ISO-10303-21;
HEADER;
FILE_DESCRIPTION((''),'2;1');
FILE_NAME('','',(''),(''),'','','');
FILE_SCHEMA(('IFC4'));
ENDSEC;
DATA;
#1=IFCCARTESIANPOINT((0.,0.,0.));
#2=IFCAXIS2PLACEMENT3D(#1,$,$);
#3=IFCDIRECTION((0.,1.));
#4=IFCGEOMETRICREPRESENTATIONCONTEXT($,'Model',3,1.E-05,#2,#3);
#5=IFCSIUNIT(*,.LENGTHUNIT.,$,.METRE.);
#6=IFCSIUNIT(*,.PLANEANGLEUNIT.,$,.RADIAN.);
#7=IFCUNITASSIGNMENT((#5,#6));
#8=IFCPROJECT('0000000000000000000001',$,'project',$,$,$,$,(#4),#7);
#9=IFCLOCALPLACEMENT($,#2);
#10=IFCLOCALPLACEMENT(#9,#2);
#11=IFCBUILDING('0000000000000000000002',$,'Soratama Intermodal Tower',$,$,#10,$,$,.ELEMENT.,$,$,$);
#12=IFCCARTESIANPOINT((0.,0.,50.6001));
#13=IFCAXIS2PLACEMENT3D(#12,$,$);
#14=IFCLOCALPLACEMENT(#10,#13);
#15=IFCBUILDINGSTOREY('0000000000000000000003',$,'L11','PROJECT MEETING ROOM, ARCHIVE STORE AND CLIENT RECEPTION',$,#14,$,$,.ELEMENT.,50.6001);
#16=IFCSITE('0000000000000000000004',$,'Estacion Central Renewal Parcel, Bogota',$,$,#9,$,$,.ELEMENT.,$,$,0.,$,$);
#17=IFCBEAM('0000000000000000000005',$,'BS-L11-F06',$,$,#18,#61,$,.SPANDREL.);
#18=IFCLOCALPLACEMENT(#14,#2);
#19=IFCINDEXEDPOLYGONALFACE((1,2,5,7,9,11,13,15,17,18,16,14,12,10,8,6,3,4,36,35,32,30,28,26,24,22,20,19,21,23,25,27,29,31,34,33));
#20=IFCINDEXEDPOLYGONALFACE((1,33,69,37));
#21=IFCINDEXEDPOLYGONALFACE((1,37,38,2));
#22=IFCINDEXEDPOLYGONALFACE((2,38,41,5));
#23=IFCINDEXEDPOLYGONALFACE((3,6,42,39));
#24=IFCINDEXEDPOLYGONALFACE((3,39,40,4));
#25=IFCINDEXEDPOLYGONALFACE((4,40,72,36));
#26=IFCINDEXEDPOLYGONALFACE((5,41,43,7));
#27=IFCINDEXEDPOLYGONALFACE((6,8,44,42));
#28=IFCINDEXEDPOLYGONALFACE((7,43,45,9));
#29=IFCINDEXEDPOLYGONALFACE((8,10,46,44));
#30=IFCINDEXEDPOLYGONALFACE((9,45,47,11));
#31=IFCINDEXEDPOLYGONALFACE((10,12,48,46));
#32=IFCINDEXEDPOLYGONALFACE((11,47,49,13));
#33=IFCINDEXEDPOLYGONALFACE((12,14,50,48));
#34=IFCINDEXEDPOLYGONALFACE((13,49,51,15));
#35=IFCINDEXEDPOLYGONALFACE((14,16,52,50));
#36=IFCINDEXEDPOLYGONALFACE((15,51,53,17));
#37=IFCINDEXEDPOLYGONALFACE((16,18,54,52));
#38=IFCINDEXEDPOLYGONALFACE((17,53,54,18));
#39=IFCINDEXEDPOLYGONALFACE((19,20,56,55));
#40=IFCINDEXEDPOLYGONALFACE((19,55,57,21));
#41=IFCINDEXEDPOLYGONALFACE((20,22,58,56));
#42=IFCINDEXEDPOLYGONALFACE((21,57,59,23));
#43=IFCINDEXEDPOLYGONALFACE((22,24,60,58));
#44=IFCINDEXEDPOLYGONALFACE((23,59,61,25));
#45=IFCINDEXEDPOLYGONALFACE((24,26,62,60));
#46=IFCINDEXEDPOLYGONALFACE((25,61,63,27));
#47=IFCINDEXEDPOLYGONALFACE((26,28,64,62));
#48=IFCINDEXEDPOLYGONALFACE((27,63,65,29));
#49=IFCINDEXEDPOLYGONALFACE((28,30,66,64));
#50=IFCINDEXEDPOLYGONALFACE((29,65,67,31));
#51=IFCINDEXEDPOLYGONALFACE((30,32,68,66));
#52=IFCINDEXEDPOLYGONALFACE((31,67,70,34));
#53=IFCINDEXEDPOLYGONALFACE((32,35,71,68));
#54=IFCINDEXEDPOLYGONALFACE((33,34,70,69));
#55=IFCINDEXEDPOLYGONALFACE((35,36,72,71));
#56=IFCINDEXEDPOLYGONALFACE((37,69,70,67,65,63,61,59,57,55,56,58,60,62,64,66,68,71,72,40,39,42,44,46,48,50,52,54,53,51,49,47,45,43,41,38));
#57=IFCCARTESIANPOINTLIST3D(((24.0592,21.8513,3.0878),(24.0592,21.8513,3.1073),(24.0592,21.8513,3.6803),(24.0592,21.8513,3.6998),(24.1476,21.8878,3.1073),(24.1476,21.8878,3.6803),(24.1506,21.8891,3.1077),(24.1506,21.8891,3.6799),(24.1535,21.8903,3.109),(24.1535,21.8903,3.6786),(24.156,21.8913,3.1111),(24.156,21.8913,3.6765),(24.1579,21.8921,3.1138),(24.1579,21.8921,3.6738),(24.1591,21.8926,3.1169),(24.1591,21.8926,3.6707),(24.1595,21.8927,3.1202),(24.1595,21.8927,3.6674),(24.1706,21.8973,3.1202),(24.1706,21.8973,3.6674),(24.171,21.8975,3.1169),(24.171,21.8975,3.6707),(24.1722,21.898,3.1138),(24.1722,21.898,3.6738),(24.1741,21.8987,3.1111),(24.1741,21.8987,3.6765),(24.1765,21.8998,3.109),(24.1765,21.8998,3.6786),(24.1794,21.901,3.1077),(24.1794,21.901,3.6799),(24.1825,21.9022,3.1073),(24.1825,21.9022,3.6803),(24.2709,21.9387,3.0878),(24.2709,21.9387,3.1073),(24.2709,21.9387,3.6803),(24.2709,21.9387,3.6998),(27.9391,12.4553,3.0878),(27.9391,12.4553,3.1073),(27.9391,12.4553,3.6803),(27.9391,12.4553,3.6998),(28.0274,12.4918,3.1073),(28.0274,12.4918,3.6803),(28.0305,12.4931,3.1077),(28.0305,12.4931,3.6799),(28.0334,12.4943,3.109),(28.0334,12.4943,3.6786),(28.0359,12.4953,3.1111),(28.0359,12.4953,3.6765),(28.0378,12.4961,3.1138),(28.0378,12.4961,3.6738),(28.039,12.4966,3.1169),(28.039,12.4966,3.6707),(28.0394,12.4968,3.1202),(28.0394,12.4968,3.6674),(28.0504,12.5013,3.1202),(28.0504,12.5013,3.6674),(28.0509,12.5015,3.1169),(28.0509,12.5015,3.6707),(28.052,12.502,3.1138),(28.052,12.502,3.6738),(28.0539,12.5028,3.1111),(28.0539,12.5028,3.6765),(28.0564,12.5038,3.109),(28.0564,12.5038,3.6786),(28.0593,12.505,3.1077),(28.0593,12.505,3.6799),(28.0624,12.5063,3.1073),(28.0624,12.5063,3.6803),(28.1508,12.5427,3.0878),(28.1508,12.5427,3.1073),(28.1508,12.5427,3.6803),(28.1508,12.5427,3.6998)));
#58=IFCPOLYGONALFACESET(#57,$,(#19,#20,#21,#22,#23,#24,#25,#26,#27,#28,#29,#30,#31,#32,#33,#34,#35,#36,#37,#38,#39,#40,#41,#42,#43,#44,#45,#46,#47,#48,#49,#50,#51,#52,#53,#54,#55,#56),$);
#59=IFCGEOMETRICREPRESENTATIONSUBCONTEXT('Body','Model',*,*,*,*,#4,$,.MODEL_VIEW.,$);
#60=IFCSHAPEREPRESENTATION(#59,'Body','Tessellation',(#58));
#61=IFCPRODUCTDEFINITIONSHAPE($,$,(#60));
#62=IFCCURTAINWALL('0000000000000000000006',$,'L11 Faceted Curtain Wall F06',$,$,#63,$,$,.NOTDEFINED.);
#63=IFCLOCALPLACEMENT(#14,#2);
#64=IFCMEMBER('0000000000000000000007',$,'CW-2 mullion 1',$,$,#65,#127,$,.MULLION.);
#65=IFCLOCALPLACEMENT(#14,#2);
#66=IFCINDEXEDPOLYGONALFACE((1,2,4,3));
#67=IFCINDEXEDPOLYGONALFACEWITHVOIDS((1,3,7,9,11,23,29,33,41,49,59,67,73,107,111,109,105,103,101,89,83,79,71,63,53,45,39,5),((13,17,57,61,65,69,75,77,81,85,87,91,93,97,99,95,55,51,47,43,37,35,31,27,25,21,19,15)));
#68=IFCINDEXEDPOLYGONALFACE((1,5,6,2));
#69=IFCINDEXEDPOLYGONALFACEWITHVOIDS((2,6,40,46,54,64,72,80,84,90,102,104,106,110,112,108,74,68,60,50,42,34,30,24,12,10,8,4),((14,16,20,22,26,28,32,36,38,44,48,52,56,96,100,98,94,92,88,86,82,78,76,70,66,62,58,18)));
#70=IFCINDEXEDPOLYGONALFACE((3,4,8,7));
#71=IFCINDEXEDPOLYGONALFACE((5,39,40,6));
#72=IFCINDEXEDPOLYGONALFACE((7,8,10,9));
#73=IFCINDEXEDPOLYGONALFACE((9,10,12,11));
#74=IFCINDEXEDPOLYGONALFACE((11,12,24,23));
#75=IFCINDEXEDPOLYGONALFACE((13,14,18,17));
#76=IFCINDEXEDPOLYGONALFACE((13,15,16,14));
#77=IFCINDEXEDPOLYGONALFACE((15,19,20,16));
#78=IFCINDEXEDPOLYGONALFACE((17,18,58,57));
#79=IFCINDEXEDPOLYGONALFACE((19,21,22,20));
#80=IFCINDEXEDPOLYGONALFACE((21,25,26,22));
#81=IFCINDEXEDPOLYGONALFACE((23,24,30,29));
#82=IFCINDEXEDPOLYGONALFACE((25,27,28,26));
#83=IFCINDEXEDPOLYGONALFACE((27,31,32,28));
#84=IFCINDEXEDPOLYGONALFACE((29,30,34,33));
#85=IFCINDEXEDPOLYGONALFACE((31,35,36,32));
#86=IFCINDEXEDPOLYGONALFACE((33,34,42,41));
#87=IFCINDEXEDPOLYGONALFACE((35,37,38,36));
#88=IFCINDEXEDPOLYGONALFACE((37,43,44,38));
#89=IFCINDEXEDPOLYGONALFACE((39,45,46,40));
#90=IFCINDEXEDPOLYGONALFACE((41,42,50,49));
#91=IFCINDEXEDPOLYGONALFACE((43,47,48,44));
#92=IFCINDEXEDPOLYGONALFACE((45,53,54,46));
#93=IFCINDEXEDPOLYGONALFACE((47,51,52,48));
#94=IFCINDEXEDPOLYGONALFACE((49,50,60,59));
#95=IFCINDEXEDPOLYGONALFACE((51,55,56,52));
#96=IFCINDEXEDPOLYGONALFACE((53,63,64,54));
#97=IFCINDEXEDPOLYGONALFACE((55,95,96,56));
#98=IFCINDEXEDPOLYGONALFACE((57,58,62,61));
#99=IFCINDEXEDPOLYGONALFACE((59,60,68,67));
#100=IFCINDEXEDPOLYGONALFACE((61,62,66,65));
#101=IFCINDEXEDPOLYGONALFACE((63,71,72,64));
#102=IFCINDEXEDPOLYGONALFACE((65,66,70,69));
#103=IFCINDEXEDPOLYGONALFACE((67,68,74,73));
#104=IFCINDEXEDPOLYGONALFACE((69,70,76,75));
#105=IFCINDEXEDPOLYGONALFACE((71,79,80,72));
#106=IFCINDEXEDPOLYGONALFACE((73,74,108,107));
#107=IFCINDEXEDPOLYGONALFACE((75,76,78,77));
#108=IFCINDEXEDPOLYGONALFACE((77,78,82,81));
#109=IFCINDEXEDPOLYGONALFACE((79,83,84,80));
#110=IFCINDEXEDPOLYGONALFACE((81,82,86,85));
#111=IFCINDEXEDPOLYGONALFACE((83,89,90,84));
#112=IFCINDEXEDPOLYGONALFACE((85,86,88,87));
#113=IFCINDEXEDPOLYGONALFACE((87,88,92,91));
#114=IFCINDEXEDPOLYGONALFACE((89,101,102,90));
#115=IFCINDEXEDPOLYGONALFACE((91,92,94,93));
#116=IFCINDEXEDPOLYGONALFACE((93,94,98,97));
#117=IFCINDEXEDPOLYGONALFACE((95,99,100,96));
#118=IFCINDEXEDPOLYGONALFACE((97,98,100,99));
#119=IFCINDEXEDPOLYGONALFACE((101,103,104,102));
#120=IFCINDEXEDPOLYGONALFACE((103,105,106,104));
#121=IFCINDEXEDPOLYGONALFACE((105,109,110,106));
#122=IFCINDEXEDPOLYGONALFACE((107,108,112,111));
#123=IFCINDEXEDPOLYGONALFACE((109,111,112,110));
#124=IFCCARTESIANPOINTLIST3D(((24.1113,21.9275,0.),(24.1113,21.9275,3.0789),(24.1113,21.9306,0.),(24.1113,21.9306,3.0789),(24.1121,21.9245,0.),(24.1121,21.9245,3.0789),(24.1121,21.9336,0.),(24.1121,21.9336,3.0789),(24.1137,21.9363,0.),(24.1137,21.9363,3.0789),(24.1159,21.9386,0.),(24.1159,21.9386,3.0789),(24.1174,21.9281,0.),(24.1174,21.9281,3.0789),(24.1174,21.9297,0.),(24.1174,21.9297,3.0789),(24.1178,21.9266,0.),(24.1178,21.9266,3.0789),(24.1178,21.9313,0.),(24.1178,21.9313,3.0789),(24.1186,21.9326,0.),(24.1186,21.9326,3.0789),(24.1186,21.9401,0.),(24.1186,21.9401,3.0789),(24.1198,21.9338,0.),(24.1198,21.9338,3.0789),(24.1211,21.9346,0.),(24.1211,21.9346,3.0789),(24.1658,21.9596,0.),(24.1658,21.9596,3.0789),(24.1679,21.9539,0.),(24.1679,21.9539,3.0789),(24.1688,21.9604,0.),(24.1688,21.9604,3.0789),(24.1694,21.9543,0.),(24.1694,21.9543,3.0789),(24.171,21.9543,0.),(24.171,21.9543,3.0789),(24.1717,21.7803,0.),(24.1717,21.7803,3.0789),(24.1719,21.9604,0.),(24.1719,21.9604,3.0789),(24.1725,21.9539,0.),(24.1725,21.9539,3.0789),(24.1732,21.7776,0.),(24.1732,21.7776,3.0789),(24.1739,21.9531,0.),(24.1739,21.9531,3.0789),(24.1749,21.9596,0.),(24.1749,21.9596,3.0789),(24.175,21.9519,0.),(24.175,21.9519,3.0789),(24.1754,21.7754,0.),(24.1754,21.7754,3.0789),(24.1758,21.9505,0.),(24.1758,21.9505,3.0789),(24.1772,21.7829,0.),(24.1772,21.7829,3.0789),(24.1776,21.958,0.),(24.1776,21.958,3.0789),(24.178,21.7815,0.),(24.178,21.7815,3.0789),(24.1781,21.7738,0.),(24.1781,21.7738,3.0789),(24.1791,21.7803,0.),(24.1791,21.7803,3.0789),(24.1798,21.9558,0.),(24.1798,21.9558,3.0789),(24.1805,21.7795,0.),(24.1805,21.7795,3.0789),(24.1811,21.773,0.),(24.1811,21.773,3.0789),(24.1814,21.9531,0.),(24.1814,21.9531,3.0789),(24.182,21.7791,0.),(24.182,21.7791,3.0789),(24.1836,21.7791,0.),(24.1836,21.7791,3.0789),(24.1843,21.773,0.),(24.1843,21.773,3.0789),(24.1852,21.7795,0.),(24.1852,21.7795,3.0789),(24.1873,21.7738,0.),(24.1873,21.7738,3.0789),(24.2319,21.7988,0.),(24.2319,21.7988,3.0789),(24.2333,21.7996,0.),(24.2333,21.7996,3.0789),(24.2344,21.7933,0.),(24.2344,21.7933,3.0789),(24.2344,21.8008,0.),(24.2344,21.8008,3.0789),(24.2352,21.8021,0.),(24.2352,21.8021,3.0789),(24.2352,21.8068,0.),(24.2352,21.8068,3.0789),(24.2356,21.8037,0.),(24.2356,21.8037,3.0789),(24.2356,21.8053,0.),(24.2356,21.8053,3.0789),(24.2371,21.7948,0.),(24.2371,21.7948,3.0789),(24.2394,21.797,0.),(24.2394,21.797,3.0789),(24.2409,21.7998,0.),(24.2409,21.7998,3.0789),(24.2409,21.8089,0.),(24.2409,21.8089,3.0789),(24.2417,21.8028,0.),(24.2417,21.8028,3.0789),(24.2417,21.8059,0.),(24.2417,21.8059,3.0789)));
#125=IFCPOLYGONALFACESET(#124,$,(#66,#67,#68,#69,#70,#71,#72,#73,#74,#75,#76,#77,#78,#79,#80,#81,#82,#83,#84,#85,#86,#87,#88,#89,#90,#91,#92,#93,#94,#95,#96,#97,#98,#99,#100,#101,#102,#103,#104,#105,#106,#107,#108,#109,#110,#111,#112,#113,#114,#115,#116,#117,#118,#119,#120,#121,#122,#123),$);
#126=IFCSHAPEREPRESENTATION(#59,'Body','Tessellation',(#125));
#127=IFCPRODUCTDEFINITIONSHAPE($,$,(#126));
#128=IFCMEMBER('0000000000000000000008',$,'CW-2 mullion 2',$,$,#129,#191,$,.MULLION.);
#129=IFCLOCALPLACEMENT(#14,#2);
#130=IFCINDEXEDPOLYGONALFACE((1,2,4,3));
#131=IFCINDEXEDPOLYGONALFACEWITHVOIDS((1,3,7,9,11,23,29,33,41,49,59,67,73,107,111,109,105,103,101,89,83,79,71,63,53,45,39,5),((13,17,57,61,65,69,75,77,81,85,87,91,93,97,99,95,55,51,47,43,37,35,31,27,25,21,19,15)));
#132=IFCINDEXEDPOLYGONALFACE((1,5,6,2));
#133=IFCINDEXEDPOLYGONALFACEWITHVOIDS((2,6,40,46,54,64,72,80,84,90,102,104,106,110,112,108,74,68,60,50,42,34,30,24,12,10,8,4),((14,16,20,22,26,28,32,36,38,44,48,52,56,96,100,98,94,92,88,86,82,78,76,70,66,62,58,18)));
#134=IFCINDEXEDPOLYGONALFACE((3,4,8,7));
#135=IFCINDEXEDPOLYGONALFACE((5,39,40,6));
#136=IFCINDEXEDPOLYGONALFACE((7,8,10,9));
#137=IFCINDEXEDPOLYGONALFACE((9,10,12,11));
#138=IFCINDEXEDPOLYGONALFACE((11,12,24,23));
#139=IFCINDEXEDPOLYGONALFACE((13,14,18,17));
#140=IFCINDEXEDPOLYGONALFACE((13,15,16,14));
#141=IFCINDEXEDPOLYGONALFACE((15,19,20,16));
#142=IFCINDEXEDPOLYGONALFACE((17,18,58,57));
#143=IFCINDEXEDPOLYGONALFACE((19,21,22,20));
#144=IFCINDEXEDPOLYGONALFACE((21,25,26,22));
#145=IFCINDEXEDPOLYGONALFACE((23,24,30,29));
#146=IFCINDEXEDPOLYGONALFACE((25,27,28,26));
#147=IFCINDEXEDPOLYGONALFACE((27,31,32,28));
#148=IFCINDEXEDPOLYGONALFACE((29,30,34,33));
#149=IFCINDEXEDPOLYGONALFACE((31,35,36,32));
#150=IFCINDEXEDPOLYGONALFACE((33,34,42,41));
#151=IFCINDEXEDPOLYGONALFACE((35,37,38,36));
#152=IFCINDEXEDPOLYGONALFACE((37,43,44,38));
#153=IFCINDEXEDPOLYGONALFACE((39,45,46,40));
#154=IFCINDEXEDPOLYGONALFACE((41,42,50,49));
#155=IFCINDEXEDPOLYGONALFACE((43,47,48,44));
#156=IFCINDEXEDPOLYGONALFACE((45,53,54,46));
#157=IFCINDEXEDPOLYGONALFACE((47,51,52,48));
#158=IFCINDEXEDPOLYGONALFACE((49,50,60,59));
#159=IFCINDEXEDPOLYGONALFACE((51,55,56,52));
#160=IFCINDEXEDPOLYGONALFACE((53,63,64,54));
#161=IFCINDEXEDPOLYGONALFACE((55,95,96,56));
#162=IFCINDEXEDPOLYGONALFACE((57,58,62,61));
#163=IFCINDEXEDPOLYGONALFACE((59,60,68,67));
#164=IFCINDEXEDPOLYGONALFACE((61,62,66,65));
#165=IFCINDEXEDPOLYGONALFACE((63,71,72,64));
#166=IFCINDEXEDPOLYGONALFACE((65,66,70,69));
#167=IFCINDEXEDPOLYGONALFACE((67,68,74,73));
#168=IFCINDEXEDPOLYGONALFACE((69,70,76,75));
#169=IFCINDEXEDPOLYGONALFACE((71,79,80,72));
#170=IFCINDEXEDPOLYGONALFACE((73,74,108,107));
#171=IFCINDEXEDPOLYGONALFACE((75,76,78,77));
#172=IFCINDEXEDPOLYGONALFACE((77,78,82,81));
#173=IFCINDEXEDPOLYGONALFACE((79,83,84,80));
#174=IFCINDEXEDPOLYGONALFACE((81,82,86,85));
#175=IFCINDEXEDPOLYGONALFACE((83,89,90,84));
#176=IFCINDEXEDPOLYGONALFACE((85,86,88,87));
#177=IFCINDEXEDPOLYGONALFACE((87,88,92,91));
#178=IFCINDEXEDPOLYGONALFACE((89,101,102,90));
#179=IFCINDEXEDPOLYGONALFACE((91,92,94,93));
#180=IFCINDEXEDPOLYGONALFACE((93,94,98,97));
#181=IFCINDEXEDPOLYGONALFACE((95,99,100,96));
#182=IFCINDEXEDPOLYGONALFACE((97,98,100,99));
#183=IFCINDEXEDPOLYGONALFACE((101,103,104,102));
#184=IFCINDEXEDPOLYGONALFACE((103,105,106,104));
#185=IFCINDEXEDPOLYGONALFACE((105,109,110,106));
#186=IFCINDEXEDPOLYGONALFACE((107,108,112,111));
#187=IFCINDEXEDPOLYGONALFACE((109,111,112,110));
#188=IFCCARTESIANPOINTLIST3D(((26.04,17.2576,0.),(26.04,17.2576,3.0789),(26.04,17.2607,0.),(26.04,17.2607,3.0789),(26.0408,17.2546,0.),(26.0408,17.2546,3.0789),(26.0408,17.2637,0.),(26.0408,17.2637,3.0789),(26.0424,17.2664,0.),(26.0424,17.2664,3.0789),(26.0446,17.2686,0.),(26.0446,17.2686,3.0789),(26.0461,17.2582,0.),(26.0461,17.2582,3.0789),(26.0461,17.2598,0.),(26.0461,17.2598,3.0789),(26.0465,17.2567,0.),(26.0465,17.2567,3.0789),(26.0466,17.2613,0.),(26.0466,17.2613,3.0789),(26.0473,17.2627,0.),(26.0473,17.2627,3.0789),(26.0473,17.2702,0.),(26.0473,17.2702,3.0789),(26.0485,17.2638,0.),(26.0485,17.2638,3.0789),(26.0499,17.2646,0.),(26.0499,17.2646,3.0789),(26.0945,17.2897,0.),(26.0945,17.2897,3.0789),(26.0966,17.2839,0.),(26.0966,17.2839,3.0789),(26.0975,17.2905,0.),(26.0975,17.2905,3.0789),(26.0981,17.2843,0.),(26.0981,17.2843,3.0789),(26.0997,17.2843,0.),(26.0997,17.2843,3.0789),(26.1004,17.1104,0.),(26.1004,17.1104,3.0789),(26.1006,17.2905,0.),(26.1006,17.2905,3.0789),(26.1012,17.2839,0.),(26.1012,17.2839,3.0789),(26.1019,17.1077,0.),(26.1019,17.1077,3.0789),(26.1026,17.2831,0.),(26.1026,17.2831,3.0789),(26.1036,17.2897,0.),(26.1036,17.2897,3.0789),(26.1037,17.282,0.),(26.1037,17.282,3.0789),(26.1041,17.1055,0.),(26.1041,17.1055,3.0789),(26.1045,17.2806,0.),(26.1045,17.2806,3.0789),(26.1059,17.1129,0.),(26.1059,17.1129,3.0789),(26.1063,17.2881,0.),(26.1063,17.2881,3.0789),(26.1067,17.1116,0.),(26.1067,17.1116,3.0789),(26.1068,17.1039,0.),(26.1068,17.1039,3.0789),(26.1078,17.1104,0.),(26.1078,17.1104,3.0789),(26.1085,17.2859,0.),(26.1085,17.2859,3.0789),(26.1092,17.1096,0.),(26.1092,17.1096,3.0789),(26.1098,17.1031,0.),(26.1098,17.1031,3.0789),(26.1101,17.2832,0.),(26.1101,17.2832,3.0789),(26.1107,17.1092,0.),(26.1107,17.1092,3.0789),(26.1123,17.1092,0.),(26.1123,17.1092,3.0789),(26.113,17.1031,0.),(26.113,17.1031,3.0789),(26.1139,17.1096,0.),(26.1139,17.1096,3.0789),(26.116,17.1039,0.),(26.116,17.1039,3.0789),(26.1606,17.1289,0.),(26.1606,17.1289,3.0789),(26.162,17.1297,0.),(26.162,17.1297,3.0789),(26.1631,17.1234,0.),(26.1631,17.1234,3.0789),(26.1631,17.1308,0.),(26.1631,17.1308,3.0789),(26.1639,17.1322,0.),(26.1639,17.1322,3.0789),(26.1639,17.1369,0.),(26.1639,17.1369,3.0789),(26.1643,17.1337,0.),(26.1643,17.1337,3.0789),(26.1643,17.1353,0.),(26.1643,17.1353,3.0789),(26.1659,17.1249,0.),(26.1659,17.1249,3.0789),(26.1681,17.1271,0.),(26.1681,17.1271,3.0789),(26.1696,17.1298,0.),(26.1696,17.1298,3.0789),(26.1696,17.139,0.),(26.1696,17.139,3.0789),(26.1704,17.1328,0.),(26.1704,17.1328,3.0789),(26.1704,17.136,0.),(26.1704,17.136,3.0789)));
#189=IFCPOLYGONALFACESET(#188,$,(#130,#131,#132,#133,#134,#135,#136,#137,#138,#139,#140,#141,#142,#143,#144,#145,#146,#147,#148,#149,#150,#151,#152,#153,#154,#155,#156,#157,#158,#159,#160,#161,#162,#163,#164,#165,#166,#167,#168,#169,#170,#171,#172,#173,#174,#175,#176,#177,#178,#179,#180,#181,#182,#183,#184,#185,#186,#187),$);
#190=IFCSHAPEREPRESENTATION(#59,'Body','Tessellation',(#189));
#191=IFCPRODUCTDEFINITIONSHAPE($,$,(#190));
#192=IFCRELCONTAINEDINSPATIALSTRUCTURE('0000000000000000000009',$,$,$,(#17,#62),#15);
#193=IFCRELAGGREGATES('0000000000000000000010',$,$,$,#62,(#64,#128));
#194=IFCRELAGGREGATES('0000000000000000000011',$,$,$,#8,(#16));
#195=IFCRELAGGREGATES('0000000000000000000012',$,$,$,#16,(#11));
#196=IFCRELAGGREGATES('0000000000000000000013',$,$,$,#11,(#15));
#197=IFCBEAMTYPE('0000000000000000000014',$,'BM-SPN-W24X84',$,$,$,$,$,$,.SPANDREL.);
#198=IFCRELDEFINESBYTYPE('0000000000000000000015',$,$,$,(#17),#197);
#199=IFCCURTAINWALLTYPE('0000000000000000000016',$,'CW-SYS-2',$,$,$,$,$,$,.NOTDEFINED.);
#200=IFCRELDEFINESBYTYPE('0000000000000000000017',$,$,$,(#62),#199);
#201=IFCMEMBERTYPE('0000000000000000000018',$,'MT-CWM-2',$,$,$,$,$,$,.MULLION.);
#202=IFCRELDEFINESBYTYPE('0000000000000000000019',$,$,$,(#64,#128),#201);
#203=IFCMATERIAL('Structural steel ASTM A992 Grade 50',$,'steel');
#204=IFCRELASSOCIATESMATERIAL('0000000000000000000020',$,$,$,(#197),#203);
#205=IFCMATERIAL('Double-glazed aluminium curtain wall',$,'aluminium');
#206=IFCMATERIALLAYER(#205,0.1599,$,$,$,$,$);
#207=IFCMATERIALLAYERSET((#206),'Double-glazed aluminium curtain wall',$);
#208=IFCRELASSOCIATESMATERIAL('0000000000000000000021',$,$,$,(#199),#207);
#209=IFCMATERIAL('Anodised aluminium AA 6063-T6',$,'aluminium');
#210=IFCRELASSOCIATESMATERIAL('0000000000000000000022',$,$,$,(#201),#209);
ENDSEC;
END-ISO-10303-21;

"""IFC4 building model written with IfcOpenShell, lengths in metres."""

from ifc_helpers import new_model, si_unit, direction, frame, origin, origin_2d, place, context, subcontext, project, spatial, hollow_rectangle, i_section, extrude, material, layer, layer_set, material_profile, profile_set, type_object, element, aggregate, save


model = new_model("IFC4")

# Units and contexts
model_context = context("Model", 3, precision=1e-05, world=origin(), true_north=direction((0.0, 1.0)))
body_context = subcontext(model_context, "Body", "Model", "MODEL_VIEW")
ifc_project = project(units=[si_unit("LENGTHUNIT", "METRE"), si_unit("PLANEANGLEUNIT", "RADIAN")], contexts=[model_context])

# Site, building, storey
site_placement = place(None, origin())
site = spatial("IfcSite", under=ifc_project, at=site_placement, Name="Estacion Central Renewal Parcel, Bogota", CompositionType="ELEMENT", RefElevation=0.0)
building_placement = place(site_placement, origin())
building = spatial("IfcBuilding", under=site, at=building_placement, Name="Soratama Intermodal Tower", CompositionType="ELEMENT")
storey_placement = place(building_placement, frame((0.0, 0.0, 50.6001)))
storey = spatial("IfcBuildingStorey", under=building, at=storey_placement, Name="L11", Description="PROJECT MEETING ROOM, ARCHIVE STORE AND CLIENT RECEPTION", CompositionType="ELEMENT", Elevation=50.6001)

# Beam
ifc_material_1 = material(Name="Structural steel ASTM A992 Grade 50", Category="steel")
ifc_material_profile_1 = material_profile(ifc_material_1, i_section(OverallWidth=0.229, OverallDepth=0.6121, WebThickness=0.012, FlangeThickness=0.0195, FilletRadius=0.0129, at=origin_2d()), Name="W24X84")
ifc_profile_set_1 = profile_set([ifc_material_profile_1], Name="Structural steel ASTM A992 Grade 50")
beam_type = type_object("IfcBeamType", Name="BM-SPN-W24X84", PredefinedType="SPANDREL", material=ifc_profile_set_1)
beam_placement = place(storey_placement, frame((24.165, 21.895, 3.3938), z_axis=(0.38167, -0.924299, 0.0), x_axis=(0.924299, 0.38167, 0.0)))
element("IfcBeam", 1, at=beam_placement, inside=storey, type_object=beam_type, Name="BS-L11-F06", PredefinedType="SPANDREL", context=body_context, shape_type="SweptSolid", body=[
    extrude(i_section(OverallWidth=0.229, OverallDepth=0.6121, WebThickness=0.012, FlangeThickness=0.0195, FilletRadius=0.0129, at=origin_2d()), origin(), (0.0, 0.0, 1.0), 10.1655),
])

# Curtain wall, members
ifc_material_2 = material(Name="Double-glazed aluminium curtain wall", Category="aluminium")
ifc_layer_1 = layer(ifc_material_2, 0.1599)
ifc_layer_set_1 = layer_set([ifc_layer_1], Name="Double-glazed aluminium curtain wall")
curtain_wall_type = type_object("IfcCurtainWallType", Name="CW-SYS-2", PredefinedType="NOTDEFINED", material=ifc_layer_set_1)
curtain_wall_placement = place(storey_placement, origin())
curtain_wall = element("IfcCurtainWall", 2, at=curtain_wall_placement, inside=storey, type_object=curtain_wall_type, Name="L11 Faceted Curtain Wall F06", PredefinedType="NOTDEFINED")
ifc_material_3 = material(Name="Anodised aluminium AA 6063-T6", Category="aluminium")
ifc_material_profile_2 = material_profile(ifc_material_3, hollow_rectangle(XDim=0.075, YDim=0.1799, WallThickness=0.0061, InnerFilletRadius=0.0061, OuterFilletRadius=0.012, at=origin_2d()), Name="CWM180X75X6")
ifc_profile_set_2 = profile_set([ifc_material_profile_2], Name="Anodised aluminium AA 6063-T6")
member_type_1 = type_object("IfcMemberType", Name="MT-CWM-2", PredefinedType="MULLION", material=ifc_profile_set_2)
member_1_placement = place(storey_placement, frame((24.1765, 21.8667, 0.0), z_axis=(0.0, 0.0, 1.0), x_axis=(0.924277, 0.381722, 0.0)))
member_1 = element("IfcMember", 3, at=member_1_placement, type_object=member_type_1, Name="CW-2 mullion 1", PredefinedType="MULLION", context=body_context, shape_type="SweptSolid", body=[
    extrude(hollow_rectangle(XDim=0.075, YDim=0.1799, WallThickness=0.0061, InnerFilletRadius=0.0061, OuterFilletRadius=0.012, at=origin_2d()), origin(), (0.0, 0.0, 1.0), 3.0789),
])
member_2_placement = place(storey_placement, frame((26.1052, 17.1968, 0.0), z_axis=(0.0, 0.0, 1.0), x_axis=(0.924277, 0.381722, 0.0)))
member_2 = element("IfcMember", 4, at=member_2_placement, type_object=member_type_1, Name="CW-2 mullion 2", PredefinedType="MULLION", context=body_context, shape_type="SweptSolid", body=[
    extrude(hollow_rectangle(XDim=0.075, YDim=0.1799, WallThickness=0.0061, InnerFilletRadius=0.0061, OuterFilletRadius=0.012, at=origin_2d()), origin(), (0.0, 0.0, 1.0), 3.0789),
])
aggregate(curtain_wall, [member_1, member_2])

save(model, "model.ifc")
